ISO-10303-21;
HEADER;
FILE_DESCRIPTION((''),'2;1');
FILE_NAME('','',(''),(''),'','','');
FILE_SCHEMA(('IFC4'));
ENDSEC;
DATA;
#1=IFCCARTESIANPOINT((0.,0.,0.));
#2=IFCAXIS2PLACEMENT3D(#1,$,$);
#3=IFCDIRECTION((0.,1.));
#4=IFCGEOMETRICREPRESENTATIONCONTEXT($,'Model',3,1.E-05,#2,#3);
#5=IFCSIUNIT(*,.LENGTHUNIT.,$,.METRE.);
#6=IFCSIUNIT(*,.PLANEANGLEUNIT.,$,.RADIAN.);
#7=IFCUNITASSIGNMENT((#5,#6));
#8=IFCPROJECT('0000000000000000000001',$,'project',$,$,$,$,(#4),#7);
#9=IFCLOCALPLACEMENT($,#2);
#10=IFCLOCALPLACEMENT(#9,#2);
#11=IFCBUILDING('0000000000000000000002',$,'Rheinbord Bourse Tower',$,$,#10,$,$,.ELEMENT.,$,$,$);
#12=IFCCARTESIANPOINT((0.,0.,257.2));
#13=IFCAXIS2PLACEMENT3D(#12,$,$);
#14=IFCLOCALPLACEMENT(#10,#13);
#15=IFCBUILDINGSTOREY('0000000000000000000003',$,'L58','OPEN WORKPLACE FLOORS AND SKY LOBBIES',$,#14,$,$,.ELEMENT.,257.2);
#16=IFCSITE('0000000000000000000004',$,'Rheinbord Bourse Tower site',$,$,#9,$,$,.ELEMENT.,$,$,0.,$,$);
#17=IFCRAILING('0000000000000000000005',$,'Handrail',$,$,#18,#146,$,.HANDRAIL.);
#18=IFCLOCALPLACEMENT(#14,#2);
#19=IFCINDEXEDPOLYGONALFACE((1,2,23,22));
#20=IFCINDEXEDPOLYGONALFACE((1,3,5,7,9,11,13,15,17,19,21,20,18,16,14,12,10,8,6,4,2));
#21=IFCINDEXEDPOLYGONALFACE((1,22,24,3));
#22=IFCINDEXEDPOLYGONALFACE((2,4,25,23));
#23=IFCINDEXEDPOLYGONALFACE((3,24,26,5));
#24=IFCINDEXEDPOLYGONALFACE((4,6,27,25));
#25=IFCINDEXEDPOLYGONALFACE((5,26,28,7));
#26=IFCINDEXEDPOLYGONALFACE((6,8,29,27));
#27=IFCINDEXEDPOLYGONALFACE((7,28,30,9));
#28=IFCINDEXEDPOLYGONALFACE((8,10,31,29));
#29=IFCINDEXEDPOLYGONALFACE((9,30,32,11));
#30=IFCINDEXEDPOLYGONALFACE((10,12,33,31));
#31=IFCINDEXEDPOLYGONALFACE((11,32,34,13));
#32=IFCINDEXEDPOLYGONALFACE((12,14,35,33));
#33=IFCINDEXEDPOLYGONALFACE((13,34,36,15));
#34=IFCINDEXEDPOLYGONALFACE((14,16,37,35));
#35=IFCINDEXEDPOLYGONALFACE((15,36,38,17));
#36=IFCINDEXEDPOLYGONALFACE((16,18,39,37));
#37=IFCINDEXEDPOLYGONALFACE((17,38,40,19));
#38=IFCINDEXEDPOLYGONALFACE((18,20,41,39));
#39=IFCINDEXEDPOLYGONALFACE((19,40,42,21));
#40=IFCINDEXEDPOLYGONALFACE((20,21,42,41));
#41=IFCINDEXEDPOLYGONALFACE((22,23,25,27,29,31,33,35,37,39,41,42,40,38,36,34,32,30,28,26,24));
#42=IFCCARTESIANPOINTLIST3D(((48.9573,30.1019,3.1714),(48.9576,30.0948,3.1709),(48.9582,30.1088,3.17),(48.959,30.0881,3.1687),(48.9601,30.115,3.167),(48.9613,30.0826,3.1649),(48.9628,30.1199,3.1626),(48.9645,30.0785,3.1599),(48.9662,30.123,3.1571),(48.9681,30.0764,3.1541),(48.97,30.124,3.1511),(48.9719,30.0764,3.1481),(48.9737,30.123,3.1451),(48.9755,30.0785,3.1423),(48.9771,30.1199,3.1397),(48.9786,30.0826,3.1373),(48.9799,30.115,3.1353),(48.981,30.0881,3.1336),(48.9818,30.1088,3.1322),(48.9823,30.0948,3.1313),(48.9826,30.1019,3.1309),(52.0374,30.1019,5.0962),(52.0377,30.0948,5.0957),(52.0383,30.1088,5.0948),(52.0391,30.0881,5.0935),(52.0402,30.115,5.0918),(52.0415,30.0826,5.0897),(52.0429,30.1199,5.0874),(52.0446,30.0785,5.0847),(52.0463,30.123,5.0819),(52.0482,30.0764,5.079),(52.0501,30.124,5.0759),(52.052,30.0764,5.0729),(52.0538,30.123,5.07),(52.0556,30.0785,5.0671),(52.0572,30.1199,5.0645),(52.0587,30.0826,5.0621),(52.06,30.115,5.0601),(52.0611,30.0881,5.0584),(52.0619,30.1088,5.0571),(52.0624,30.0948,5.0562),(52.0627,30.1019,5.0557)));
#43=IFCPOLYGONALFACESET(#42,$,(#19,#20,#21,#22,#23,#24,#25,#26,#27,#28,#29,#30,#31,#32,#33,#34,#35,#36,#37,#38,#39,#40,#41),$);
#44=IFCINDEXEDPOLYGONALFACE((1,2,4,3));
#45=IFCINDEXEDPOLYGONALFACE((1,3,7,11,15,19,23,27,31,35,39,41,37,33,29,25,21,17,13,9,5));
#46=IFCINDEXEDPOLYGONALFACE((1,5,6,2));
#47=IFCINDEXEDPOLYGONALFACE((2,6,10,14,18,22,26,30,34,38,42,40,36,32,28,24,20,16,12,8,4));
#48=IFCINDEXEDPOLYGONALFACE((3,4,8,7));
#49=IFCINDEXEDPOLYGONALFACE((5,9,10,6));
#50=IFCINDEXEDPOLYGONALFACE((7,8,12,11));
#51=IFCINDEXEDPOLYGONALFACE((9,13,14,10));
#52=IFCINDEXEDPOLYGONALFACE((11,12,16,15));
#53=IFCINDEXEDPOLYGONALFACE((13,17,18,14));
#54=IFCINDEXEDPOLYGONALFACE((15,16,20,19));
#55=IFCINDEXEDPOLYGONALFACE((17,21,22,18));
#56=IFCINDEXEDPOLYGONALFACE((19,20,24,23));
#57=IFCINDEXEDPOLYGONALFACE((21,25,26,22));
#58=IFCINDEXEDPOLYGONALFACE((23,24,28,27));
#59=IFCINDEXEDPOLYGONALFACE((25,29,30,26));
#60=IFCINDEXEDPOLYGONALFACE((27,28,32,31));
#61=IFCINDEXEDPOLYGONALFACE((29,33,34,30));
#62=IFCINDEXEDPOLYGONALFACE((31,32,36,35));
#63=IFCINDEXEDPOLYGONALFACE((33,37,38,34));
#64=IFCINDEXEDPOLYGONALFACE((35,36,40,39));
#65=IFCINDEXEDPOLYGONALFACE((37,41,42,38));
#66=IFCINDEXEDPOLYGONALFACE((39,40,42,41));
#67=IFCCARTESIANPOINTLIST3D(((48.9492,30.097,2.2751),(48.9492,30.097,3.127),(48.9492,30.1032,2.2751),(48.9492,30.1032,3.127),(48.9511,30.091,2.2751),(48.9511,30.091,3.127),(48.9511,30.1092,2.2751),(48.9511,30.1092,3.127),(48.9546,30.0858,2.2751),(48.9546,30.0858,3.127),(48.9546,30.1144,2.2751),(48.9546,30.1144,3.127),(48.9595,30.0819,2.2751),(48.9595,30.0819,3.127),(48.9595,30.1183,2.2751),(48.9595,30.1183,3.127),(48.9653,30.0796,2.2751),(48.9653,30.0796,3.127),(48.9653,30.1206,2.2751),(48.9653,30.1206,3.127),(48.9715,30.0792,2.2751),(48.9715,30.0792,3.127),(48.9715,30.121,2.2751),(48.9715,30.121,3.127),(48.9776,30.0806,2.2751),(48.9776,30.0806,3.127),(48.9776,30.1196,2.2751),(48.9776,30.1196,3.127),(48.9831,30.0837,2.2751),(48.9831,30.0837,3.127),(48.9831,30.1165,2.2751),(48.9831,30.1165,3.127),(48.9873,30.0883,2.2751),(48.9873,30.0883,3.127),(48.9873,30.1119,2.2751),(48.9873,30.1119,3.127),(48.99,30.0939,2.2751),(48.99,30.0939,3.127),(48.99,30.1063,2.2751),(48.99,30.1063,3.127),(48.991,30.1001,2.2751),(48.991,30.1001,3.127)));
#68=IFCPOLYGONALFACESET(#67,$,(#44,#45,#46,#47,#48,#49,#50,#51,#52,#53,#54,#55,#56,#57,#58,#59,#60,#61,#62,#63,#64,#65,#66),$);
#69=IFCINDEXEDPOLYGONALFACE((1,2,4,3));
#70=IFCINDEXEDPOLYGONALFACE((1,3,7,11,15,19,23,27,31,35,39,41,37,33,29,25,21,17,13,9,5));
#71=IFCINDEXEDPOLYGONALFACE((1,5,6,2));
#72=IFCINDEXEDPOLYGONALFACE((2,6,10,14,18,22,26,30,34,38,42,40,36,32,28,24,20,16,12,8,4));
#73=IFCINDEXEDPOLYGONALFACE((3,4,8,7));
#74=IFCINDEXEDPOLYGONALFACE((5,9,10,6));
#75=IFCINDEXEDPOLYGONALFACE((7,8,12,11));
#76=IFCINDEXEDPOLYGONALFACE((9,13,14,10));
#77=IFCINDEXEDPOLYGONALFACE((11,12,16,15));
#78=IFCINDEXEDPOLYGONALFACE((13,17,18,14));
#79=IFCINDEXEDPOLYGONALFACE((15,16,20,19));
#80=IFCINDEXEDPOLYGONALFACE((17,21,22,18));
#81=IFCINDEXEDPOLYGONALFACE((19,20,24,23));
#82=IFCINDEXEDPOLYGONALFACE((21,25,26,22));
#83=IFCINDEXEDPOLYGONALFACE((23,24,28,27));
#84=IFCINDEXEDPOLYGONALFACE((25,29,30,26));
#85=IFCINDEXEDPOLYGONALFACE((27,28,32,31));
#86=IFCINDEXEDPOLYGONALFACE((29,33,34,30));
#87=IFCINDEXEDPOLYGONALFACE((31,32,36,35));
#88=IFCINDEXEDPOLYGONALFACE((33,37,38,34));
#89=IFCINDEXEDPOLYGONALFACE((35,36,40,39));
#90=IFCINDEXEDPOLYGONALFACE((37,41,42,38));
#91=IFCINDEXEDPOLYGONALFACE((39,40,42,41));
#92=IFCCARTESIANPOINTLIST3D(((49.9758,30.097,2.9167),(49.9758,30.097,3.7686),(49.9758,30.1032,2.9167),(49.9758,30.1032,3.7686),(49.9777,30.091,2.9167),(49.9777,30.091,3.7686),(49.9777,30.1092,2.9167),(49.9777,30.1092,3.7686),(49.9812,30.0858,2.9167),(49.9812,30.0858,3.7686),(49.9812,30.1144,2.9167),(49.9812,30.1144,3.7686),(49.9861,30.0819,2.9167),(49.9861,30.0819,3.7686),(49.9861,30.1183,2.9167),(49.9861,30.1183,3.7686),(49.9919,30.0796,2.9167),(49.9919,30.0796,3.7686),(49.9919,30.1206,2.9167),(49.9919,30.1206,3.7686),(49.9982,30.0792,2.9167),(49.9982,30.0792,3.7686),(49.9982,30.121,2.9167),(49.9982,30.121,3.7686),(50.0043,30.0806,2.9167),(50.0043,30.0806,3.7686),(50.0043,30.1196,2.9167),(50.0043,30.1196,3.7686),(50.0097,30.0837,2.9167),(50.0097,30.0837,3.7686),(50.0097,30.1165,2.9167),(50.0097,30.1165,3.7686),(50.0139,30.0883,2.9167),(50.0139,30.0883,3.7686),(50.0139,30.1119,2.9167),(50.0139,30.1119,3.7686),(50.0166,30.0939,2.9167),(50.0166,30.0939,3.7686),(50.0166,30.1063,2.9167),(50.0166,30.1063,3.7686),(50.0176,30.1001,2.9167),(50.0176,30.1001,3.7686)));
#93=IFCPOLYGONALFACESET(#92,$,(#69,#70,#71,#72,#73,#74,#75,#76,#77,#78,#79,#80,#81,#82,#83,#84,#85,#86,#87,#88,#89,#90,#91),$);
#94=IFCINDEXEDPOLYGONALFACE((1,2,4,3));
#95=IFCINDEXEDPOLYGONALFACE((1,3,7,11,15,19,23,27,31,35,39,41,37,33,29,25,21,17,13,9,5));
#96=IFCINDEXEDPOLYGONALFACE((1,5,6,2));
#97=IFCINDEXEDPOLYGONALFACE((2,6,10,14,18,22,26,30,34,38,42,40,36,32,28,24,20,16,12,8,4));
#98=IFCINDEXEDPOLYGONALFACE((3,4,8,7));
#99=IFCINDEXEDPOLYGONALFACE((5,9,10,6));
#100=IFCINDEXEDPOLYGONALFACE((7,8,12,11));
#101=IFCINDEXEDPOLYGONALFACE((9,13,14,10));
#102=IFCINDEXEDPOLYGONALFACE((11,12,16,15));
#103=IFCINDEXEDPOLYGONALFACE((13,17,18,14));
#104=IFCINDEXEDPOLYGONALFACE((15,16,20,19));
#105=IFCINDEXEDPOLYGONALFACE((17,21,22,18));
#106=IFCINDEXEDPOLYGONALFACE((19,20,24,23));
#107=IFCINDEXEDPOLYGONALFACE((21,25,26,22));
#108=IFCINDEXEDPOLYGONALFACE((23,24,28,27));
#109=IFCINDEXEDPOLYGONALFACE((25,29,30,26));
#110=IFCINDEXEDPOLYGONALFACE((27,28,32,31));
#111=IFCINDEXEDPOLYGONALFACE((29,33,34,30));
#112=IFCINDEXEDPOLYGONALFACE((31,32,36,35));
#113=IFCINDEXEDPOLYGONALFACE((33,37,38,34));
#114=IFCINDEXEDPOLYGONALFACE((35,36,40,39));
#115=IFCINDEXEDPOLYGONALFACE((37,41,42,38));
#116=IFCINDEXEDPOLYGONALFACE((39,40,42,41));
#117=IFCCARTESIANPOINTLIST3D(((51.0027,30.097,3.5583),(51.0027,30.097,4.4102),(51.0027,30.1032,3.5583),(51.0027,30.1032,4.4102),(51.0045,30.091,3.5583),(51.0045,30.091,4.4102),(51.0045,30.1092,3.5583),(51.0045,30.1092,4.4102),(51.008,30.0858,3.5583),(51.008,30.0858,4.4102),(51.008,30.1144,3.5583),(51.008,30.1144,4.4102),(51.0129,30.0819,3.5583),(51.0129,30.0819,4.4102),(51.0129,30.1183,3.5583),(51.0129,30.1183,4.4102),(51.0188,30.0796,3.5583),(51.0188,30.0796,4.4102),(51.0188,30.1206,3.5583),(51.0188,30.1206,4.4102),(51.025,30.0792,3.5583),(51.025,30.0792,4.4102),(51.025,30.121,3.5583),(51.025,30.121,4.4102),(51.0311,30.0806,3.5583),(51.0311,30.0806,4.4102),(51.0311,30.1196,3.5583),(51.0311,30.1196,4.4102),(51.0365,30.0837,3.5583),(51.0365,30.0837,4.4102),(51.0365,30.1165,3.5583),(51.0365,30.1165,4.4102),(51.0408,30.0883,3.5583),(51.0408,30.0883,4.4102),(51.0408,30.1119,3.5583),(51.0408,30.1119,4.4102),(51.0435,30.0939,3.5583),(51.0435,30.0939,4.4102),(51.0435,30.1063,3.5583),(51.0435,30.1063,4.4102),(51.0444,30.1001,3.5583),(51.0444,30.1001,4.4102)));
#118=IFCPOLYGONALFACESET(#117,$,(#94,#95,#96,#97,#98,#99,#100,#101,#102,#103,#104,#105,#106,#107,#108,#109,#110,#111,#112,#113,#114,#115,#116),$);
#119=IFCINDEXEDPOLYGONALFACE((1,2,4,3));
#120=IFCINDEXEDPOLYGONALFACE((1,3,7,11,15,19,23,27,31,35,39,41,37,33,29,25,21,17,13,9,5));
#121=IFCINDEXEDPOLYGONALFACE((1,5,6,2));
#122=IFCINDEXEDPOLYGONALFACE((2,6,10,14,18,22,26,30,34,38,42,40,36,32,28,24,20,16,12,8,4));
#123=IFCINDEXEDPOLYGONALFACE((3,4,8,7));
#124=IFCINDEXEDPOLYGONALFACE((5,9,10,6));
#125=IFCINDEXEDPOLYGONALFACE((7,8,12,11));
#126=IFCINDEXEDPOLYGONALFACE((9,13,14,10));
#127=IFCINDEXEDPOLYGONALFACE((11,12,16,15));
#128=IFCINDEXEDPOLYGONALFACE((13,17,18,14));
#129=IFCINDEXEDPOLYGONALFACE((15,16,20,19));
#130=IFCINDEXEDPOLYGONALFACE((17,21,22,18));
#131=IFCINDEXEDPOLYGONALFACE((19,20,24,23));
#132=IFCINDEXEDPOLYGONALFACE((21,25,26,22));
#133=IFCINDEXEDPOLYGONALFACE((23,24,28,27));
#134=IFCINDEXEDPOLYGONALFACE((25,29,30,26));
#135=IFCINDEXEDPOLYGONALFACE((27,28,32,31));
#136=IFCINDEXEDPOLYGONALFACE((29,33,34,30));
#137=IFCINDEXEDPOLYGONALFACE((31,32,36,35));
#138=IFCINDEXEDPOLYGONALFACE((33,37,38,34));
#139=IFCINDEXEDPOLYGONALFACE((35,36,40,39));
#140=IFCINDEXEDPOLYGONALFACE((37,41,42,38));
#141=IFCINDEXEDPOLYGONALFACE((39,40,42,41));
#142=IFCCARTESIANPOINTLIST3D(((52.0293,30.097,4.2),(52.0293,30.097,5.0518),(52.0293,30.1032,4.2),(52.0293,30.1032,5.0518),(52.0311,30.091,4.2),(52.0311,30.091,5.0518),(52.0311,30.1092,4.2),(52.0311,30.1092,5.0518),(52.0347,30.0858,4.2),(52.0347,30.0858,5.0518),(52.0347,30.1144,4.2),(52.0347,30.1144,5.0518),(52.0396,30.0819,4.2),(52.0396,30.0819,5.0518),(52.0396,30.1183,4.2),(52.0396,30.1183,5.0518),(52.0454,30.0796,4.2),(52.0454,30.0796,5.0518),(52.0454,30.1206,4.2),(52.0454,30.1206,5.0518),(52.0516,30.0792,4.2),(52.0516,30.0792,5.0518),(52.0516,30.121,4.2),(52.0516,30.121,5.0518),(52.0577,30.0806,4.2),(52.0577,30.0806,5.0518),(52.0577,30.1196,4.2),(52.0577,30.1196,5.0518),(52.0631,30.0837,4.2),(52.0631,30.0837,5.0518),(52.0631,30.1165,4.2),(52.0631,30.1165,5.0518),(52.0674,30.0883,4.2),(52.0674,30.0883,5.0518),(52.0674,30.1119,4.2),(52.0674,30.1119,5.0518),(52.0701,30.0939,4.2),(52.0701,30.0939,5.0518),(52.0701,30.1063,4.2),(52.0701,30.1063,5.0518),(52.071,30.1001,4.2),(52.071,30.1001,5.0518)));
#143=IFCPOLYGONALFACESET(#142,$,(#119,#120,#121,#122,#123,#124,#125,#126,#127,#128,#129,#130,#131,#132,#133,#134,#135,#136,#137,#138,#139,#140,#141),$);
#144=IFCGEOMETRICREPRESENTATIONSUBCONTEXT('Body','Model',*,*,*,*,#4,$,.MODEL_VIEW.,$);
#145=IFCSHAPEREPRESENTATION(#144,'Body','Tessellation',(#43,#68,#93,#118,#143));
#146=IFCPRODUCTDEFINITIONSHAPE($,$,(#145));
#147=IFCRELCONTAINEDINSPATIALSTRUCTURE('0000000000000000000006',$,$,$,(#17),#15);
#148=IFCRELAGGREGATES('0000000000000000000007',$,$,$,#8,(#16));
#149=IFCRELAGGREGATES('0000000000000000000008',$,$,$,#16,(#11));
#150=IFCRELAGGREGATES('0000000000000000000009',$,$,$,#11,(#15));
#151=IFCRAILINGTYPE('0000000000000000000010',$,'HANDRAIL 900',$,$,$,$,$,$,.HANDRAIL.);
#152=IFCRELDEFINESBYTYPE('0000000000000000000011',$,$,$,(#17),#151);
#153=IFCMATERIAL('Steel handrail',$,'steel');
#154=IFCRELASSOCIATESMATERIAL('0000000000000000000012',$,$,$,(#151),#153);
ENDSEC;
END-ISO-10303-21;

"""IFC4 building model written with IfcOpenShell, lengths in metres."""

from ifc_helpers import new_model, si_unit, direction, frame, origin, origin_2d, place, context, subcontext, project, spatial, circle, extrude, material, type_object, element, save


model = new_model("IFC4")

# Units and contexts
model_context = context("Model", 3, precision=1e-05, world=origin(), true_north=direction((0.0, 1.0)))
body_context = subcontext(model_context, "Body", "Model", "MODEL_VIEW")
ifc_project = project(units=[si_unit("LENGTHUNIT", "METRE"), si_unit("PLANEANGLEUNIT", "RADIAN")], contexts=[model_context])

# Site, building, storey
site_placement = place(None, origin())
site = spatial("IfcSite", under=ifc_project, at=site_placement, Name="Rheinbord Bourse Tower site", CompositionType="ELEMENT", RefElevation=0.0)
building_placement = place(site_placement, origin())
building = spatial("IfcBuilding", under=site, at=building_placement, Name="Rheinbord Bourse Tower", CompositionType="ELEMENT")
storey_placement = place(building_placement, frame((0.0, 0.0, 257.2)))
storey = spatial("IfcBuildingStorey", under=building, at=storey_placement, Name="L58", Description="OPEN WORKPLACE FLOORS AND SKY LOBBIES", CompositionType="ELEMENT", Elevation=257.2)

# Railing
ifc_material_1 = material(Name="Steel handrail", Category="steel")
railing_type = type_object("IfcRailingType", Name="HANDRAIL 900", PredefinedType="HANDRAIL", material=ifc_material_1)
railing_1_placement = place(storey_placement, frame((48.97, 30.1001, 2.2751)))
element("IfcRailing", 1, at=railing_1_placement, inside=storey, type_object=railing_type, Name="Handrail", PredefinedType="HANDRAIL", context=body_context, shape_type="SweptSolid", body=[
    extrude(circle(Radius=0.0239, at=origin_2d()), frame((0.0, 0.0, 0.876), z_axis=(0.848029, 0.0, 0.529951), x_axis=(0.0, 1.0, 0.0)), (0.0, 0.0, 1.0), 3.6321),
    extrude(circle(Radius=0.021, at=origin_2d()), origin(), (0.0, 0.0, 1.0), 0.8518),
    extrude(circle(Radius=0.021, at=origin_2d()), frame((1.0266, 0.0, 0.6416)), (0.0, 0.0, 1.0), 0.8518),
    extrude(circle(Radius=0.021, at=origin_2d()), frame((2.0535, 0.0, 1.2832)), (0.0, 0.0, 1.0), 0.8518),
    extrude(circle(Radius=0.021, at=origin_2d()), frame((3.0801, 0.0, 1.9248)), (0.0, 0.0, 1.0), 0.8518),
])

save(model, "model.ifc")
